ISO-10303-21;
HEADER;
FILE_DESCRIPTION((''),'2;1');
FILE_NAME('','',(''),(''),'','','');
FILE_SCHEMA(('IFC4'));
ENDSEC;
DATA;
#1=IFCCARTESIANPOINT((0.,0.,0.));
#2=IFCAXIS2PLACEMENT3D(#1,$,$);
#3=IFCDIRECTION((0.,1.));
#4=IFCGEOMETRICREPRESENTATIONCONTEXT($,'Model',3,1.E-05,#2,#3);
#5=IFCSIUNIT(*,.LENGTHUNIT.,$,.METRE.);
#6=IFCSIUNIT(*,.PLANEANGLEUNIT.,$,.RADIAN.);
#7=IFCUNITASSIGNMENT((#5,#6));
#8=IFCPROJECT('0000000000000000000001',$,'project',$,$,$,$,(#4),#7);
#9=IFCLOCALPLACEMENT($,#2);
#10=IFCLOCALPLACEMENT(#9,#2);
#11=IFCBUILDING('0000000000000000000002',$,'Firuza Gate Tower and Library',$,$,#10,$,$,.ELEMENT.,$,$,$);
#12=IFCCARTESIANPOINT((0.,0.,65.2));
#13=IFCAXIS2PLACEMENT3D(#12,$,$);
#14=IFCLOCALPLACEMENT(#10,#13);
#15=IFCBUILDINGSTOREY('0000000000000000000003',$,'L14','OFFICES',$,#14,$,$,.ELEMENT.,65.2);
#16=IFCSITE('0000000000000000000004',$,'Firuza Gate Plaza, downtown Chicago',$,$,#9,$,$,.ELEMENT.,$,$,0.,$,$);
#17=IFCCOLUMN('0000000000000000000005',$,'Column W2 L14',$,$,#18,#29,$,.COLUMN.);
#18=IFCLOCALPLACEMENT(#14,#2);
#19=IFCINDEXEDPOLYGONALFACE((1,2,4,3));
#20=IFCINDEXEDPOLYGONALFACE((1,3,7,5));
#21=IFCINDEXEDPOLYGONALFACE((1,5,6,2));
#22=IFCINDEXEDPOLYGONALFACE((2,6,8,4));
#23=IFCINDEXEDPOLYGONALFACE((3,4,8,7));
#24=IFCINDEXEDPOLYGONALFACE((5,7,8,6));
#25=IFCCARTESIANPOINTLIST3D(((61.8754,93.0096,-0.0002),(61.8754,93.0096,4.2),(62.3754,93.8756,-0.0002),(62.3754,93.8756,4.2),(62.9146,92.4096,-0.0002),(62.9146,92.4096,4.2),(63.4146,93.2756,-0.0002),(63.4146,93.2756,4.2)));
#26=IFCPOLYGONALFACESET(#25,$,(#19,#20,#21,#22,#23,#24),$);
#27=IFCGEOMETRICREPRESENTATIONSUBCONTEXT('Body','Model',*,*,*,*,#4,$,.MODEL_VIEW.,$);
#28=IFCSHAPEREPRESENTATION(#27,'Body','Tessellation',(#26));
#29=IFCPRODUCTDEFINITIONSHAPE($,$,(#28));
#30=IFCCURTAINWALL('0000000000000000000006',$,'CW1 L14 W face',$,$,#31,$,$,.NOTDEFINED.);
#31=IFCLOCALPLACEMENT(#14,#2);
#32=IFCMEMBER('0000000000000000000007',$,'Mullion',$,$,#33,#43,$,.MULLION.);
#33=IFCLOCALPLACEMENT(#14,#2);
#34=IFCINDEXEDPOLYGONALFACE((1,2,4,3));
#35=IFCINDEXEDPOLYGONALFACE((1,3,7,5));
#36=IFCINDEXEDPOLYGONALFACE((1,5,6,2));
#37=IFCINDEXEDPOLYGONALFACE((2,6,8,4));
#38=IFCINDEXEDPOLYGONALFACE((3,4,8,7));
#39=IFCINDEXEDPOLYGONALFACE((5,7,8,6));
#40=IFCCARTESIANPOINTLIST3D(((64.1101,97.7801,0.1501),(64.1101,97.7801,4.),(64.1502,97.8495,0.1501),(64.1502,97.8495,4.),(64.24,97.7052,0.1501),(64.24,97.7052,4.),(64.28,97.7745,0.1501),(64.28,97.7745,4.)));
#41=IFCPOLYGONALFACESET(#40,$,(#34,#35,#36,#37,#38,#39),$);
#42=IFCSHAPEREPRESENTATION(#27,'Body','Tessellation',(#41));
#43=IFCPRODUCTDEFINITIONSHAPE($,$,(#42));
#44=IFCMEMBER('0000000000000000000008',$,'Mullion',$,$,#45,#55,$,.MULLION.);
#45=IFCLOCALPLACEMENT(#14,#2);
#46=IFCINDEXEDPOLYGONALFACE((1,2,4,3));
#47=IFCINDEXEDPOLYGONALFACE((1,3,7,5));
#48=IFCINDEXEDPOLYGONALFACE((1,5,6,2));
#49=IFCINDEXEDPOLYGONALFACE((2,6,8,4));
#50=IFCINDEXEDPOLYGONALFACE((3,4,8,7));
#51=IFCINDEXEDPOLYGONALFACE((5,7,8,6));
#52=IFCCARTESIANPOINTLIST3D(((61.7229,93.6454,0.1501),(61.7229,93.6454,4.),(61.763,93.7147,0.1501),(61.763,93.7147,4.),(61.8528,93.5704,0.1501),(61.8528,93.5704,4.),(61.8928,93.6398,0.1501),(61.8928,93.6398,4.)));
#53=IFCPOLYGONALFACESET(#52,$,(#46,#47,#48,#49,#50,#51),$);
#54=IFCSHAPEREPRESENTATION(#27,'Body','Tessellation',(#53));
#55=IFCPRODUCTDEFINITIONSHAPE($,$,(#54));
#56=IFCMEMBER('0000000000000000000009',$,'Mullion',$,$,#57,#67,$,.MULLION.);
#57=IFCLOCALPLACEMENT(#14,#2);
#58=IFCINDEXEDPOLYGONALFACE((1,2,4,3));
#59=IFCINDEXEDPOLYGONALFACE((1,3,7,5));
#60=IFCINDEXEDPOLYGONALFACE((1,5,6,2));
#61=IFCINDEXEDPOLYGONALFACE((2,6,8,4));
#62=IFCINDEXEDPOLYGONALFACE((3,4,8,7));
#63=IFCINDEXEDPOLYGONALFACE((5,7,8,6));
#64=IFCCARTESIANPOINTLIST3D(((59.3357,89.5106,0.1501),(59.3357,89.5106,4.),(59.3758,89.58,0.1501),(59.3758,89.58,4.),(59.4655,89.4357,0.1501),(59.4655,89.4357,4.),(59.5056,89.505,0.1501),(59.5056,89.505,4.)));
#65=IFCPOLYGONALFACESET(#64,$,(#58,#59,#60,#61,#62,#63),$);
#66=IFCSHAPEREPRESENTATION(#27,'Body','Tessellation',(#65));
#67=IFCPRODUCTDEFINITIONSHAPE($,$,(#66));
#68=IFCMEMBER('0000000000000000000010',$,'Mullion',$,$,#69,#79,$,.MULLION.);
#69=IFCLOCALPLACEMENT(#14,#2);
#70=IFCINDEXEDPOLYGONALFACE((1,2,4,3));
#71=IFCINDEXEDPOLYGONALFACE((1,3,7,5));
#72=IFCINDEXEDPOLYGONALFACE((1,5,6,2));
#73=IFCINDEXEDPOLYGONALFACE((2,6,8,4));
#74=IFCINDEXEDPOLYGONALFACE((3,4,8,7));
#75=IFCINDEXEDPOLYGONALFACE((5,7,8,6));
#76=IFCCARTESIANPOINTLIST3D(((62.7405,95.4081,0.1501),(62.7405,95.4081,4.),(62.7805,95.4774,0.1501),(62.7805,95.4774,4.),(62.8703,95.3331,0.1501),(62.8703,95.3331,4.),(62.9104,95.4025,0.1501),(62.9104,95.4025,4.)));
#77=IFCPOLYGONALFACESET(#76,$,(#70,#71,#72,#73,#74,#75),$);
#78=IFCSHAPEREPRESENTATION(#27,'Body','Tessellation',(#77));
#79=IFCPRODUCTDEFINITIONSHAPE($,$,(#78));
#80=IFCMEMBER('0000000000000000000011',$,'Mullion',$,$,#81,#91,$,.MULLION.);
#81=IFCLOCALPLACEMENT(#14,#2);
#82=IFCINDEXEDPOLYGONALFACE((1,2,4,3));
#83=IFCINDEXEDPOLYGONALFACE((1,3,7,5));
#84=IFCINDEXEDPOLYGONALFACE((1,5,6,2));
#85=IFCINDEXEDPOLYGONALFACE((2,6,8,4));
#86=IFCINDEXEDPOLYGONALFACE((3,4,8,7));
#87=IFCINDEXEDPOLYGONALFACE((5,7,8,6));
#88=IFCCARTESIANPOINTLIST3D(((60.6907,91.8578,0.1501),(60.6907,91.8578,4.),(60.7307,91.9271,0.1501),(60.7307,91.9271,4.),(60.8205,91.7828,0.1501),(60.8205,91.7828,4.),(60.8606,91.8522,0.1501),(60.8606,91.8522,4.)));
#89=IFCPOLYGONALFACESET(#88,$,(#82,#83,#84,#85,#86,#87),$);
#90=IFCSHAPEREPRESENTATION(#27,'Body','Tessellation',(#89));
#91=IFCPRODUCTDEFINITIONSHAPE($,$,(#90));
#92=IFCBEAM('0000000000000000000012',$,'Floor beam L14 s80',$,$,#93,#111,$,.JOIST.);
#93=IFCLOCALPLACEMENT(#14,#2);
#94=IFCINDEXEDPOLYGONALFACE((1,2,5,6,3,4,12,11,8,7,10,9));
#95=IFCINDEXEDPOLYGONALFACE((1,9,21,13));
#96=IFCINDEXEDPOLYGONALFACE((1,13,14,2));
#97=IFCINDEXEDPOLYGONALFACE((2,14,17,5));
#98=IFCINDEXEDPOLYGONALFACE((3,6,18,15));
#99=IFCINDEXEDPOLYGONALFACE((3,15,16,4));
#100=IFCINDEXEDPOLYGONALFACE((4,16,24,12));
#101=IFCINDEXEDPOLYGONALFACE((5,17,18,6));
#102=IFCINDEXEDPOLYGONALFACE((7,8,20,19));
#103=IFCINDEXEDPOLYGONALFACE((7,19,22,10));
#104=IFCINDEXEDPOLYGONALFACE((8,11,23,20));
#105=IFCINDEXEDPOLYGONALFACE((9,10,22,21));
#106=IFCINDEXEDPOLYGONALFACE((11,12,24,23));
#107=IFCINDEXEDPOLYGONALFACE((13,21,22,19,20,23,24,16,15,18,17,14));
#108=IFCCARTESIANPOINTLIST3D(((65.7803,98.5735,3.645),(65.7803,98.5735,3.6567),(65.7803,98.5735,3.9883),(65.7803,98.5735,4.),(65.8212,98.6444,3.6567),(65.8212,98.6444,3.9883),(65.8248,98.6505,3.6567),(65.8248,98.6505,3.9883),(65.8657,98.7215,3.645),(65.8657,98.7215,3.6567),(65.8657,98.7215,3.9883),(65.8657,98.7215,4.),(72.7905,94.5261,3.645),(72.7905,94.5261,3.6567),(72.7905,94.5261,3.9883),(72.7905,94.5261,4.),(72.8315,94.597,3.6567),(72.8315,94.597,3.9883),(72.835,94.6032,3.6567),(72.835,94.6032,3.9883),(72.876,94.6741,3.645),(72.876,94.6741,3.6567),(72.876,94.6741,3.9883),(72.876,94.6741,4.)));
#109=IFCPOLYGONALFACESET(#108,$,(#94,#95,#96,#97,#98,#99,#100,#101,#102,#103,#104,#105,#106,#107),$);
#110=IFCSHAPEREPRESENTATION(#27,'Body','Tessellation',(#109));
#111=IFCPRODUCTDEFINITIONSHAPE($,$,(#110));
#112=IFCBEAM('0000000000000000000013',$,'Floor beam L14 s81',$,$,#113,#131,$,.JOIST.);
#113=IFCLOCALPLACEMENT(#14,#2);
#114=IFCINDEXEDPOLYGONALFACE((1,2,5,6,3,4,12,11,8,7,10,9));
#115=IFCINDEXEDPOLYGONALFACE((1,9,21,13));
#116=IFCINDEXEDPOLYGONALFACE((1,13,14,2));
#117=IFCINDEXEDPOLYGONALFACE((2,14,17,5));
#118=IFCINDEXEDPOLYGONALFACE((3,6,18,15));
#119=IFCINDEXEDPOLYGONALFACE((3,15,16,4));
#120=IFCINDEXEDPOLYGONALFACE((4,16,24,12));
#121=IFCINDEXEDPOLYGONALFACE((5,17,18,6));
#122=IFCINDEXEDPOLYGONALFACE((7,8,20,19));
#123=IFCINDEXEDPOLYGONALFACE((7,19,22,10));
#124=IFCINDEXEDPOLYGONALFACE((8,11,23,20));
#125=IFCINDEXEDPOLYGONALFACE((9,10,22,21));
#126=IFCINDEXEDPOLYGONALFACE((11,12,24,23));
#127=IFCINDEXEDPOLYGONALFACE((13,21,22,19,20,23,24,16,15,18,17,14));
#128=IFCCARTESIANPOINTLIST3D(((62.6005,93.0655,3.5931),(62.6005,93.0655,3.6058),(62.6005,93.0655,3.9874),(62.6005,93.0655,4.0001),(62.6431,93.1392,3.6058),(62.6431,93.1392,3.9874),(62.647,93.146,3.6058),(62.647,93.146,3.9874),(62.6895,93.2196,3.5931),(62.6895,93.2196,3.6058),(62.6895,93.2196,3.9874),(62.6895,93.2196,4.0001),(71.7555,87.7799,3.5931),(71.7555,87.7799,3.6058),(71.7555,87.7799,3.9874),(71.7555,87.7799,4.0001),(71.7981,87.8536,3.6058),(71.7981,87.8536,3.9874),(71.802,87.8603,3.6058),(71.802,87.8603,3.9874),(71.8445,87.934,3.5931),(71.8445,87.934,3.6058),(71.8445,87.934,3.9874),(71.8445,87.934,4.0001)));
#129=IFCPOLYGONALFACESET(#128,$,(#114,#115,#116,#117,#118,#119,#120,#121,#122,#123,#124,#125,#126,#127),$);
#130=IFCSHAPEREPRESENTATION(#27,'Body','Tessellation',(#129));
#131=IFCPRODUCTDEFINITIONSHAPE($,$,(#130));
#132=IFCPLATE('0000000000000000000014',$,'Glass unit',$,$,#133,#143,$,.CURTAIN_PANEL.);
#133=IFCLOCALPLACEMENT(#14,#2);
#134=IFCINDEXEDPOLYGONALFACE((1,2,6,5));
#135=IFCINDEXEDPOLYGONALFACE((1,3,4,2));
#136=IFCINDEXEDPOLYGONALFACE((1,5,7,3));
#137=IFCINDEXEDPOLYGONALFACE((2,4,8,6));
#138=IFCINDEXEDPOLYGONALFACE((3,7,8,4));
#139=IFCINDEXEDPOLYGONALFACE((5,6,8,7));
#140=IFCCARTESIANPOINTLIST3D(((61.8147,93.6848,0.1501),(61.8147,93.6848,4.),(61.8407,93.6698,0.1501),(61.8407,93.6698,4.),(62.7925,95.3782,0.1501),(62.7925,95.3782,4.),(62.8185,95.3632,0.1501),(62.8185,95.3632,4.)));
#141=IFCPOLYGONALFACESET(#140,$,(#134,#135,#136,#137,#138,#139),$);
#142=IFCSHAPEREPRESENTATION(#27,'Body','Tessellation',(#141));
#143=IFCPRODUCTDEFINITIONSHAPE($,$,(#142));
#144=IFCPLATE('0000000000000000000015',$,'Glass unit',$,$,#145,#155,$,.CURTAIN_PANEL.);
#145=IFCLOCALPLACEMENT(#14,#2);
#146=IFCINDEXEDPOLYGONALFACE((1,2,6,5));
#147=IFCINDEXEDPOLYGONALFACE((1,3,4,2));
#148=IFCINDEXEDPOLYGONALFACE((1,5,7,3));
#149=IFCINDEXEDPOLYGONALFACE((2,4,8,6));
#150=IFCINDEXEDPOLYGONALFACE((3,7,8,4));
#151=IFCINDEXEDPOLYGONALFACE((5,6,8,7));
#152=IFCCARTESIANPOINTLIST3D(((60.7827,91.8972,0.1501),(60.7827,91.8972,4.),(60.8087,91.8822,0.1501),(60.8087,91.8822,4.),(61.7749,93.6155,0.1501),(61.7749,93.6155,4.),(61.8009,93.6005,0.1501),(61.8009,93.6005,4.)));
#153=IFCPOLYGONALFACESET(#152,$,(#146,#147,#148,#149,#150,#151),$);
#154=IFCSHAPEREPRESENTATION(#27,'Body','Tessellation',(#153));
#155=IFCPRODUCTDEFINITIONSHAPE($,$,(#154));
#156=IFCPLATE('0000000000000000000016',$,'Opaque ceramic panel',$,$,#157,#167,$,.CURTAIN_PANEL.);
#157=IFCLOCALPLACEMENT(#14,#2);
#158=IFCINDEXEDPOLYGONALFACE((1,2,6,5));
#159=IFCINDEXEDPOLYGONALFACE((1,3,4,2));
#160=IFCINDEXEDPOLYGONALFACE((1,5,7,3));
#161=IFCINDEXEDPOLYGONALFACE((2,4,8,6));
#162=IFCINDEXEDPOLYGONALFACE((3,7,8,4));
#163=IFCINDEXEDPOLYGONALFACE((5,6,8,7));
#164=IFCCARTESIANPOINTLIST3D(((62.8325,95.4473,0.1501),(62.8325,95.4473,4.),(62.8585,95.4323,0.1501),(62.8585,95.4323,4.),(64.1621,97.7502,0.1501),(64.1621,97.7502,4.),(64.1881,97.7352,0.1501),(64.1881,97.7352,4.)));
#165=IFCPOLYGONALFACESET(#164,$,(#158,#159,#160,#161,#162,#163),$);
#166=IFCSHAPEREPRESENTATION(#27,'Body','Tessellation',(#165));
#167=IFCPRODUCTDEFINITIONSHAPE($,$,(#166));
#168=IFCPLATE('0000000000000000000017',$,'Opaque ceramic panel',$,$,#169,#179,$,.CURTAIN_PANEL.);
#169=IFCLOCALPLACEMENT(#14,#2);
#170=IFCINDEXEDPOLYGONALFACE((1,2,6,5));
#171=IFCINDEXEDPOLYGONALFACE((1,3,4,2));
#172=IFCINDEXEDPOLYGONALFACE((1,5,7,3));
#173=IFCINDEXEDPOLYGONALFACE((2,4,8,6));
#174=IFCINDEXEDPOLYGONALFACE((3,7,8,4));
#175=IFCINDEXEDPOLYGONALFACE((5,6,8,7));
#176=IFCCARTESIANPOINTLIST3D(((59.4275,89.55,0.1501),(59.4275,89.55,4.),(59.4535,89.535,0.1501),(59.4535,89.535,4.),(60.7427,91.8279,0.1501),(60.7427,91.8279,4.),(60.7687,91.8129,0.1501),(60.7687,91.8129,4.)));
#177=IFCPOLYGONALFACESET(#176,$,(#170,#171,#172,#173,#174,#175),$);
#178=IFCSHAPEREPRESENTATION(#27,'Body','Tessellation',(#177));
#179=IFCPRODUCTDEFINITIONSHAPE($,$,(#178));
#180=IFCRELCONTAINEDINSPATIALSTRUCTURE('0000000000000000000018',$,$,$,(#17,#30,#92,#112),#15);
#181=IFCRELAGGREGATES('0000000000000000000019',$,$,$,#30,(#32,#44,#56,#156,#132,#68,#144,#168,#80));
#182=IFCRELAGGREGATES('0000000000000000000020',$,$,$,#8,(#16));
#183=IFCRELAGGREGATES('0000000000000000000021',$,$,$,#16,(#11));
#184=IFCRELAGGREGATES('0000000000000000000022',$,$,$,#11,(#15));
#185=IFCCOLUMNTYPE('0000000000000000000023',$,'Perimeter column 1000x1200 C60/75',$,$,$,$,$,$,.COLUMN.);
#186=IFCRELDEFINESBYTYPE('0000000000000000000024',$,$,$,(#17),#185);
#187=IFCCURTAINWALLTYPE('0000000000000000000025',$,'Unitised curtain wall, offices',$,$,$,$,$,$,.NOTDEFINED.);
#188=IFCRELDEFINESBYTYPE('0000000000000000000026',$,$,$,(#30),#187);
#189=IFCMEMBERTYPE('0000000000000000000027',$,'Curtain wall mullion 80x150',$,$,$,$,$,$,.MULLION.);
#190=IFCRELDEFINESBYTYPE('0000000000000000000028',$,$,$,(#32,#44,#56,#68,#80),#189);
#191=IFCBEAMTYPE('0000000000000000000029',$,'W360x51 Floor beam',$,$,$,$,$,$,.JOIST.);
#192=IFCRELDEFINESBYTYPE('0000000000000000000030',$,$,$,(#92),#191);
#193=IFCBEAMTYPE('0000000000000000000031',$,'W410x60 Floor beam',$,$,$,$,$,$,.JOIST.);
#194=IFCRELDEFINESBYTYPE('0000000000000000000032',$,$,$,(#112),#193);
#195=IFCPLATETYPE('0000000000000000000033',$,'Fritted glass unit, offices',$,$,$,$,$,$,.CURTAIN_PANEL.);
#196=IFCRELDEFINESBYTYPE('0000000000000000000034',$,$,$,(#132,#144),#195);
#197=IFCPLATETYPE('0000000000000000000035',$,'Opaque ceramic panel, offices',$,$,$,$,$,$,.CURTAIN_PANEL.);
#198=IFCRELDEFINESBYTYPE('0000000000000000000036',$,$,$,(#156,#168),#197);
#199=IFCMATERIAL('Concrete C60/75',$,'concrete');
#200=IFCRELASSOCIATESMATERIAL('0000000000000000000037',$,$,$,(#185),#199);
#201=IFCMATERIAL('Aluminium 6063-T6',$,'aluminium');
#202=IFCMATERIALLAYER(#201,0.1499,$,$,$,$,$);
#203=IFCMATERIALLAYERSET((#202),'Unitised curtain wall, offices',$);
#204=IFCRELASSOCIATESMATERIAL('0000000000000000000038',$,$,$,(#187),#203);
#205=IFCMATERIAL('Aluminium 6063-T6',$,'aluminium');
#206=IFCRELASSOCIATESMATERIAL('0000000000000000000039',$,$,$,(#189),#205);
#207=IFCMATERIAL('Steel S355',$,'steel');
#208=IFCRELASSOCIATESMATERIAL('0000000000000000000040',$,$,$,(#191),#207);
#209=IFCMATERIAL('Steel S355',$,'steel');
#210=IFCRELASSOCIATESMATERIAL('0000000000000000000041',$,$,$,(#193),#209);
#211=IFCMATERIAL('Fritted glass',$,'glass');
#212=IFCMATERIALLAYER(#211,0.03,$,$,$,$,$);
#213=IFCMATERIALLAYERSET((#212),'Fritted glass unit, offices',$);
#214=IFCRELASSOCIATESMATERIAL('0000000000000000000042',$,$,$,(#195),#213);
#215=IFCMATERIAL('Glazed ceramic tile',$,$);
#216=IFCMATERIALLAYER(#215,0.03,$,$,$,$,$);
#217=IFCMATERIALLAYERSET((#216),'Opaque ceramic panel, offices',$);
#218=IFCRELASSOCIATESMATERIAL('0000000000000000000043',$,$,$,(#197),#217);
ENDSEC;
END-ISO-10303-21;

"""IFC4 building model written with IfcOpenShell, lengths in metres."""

from ifc_helpers import new_model, si_unit, direction, frame, origin, origin_2d, place, context, subcontext, project, spatial, polyline, rectangle, i_section, outline, extrude, material, layer, layer_set, material_profile, profile_set, type_object, element, aggregate, save


model = new_model("IFC4")

# Units and contexts
model_context = context("Model", 3, precision=1e-05, world=origin(), true_north=direction((0.0, 1.0)))
body_context = subcontext(model_context, "Body", "Model", "MODEL_VIEW")
ifc_project = project(units=[si_unit("LENGTHUNIT", "METRE"), si_unit("PLANEANGLEUNIT", "RADIAN")], contexts=[model_context])

# Site, building, storey
site_placement = place(None, origin())
site = spatial("IfcSite", under=ifc_project, at=site_placement, Name="Firuza Gate Plaza, downtown Chicago", CompositionType="ELEMENT", RefElevation=0.0)
building_placement = place(site_placement, origin())
building = spatial("IfcBuilding", under=site, at=building_placement, Name="Firuza Gate Tower and Library", CompositionType="ELEMENT")
storey_placement = place(building_placement, frame((0.0, 0.0, 65.2)))
storey = spatial("IfcBuildingStorey", under=building, at=storey_placement, Name="L14", Description="OFFICES", CompositionType="ELEMENT", Elevation=65.2)

# Column
ifc_material_1 = material(Name="Concrete C60/75", Category="concrete")
ifc_material_profile_1 = material_profile(ifc_material_1, rectangle(XDim=1.0, YDim=1.2, at=origin_2d()))
ifc_profile_set_1 = profile_set([ifc_material_profile_1], Name="Concrete C60/75")
column_type = type_object("IfcColumnType", Name="Perimeter column 1000x1200 C60/75", PredefinedType="COLUMN", material=ifc_profile_set_1)
column_placement = place(storey_placement, frame((62.645, 93.1426, -0.0002), z_axis=(0.0, 0.0, 1.0), x_axis=(-0.5, -0.866025, 0.0)))
element("IfcColumn", 1, at=column_placement, inside=storey, type_object=column_type, Name="Column W2 L14", PredefinedType="COLUMN", context=body_context, shape_type="SweptSolid", body=[
    extrude(rectangle(XDim=1.0, YDim=1.2, at=origin_2d()), origin(), (0.0, 0.0, 1.0), 4.2002),
])

# Curtain wall, members
ifc_material_2 = material(Name="Aluminium 6063-T6", Category="aluminium")
ifc_layer_1 = layer(ifc_material_2, 0.1499)
ifc_layer_set_1 = layer_set([ifc_layer_1], Name="Unitised curtain wall, offices")
curtain_wall_type = type_object("IfcCurtainWallType", Name="Unitised curtain wall, offices", PredefinedType="NOTDEFINED", material=ifc_layer_set_1)
placement = place(storey_placement, origin())
curtain_wall = element("IfcCurtainWall", 2, at=placement, inside=storey, type_object=curtain_wall_type, Name="CW1 L14 W face", PredefinedType="NOTDEFINED")
ifc_material_3 = material(Name="Aluminium 6063-T6", Category="aluminium")
ifc_material_profile_2 = material_profile(ifc_material_3, rectangle(XDim=0.1499, YDim=0.0801, at=origin_2d()))
ifc_profile_set_2 = profile_set([ifc_material_profile_2], Name="Aluminium 6063-T6")
member_type = type_object("IfcMemberType", Name="Curtain wall mullion 80x150", PredefinedType="MULLION", material=ifc_profile_set_2)
member_1_placement = place(storey_placement, frame((64.1951, 97.7773, 0.1501), z_axis=(0.0, 0.0, 1.0), x_axis=(0.866025, -0.5, 0.0)))
member_1 = element("IfcMember", 3, at=member_1_placement, type_object=member_type, Name="Mullion", PredefinedType="MULLION", context=body_context, shape_type="SweptSolid", body=[
    extrude(rectangle(XDim=0.1499, YDim=0.0801, at=origin_2d()), origin(), (0.0, 0.0, 1.0), 3.8499),
])
member_2_placement = place(storey_placement, frame((61.8079, 93.6426, 0.1501), z_axis=(0.0, 0.0, 1.0), x_axis=(0.866025, -0.5, 0.0)))
member_2 = element("IfcMember", 4, at=member_2_placement, type_object=member_type, Name="Mullion", PredefinedType="MULLION", context=body_context, shape_type="SweptSolid", body=[
    extrude(rectangle(XDim=0.1499, YDim=0.0801, at=origin_2d()), origin(), (0.0, 0.0, 1.0), 3.8499),
])
member_3_placement = place(storey_placement, frame((59.4207, 89.5078, 0.1501), z_axis=(0.0, 0.0, 1.0), x_axis=(0.866025, -0.5, 0.0)))
member_3 = element("IfcMember", 5, at=member_3_placement, type_object=member_type, Name="Mullion", PredefinedType="MULLION", context=body_context, shape_type="SweptSolid", body=[
    extrude(rectangle(XDim=0.1499, YDim=0.0801, at=origin_2d()), origin(), (0.0, 0.0, 1.0), 3.8499),
])
member_4_placement = place(storey_placement, frame((62.8254, 95.4053, 0.1501), z_axis=(0.0, 0.0, 1.0), x_axis=(0.866025, -0.5, 0.0)))
member_4 = element("IfcMember", 6, at=member_4_placement, type_object=member_type, Name="Mullion", PredefinedType="MULLION", context=body_context, shape_type="SweptSolid", body=[
    extrude(rectangle(XDim=0.1499, YDim=0.0801, at=origin_2d()), origin(), (0.0, 0.0, 1.0), 3.8499),
])
member_5_placement = place(storey_placement, frame((60.7756, 91.855, 0.1501), z_axis=(0.0, 0.0, 1.0), x_axis=(0.866025, -0.5, 0.0)))
member_5 = element("IfcMember", 7, at=member_5_placement, type_object=member_type, Name="Mullion", PredefinedType="MULLION", context=body_context, shape_type="SweptSolid", body=[
    extrude(rectangle(XDim=0.1499, YDim=0.0801, at=origin_2d()), origin(), (0.0, 0.0, 1.0), 3.8499),
])

# Beams
ifc_material_4 = material(Name="Steel S355", Category="steel")
ifc_material_profile_3 = material_profile(ifc_material_4, i_section(OverallWidth=0.1709, OverallDepth=0.355, WebThickness=0.0071, FlangeThickness=0.0117, at=origin_2d()))
ifc_profile_set_3 = profile_set([ifc_material_profile_3], Name="Steel S355")
beam_type_1 = type_object("IfcBeamType", Name="W360x51 Floor beam", PredefinedType="JOIST", material=ifc_profile_set_3)
beam_1_placement = place(storey_placement, frame((65.823, 98.6475, 3.8225), z_axis=(0.866026, -0.499999, 0.0), x_axis=(0.499999, 0.866026, 0.0)))
element("IfcBeam", 8, at=beam_1_placement, inside=storey, type_object=beam_type_1, Name="Floor beam L14 s80", PredefinedType="JOIST", context=body_context, shape_type="SweptSolid", body=[
    extrude(i_section(OverallWidth=0.1709, OverallDepth=0.355, WebThickness=0.0071, FlangeThickness=0.0117, at=origin_2d()), origin(), (0.0, 0.0, 1.0), 8.0947),
])
ifc_material_5 = material(Name="Steel S355", Category="steel")
ifc_material_profile_4 = material_profile(ifc_material_5, i_section(OverallWidth=0.178, OverallDepth=0.407, WebThickness=0.0078, FlangeThickness=0.0127, at=origin_2d()))
ifc_profile_set_4 = profile_set([ifc_material_profile_4], Name="Steel S355")
beam_type_2 = type_object("IfcBeamType", Name="W410x60 Floor beam", PredefinedType="JOIST", material=ifc_profile_set_4)
beam_2_placement = place(storey_placement, frame((62.645, 93.1426, 3.7966), z_axis=(0.866026, -0.499999, 0.0), x_axis=(0.499999, 0.866026, 0.0)))
element("IfcBeam", 9, at=beam_2_placement, inside=storey, type_object=beam_type_2, Name="Floor beam L14 s81", PredefinedType="JOIST", context=body_context, shape_type="SweptSolid", body=[
    extrude(i_section(OverallWidth=0.178, OverallDepth=0.407, WebThickness=0.0078, FlangeThickness=0.0127, at=origin_2d()), origin(), (0.0, 0.0, 1.0), 10.5713),
])

# Plates
ifc_material_6 = material(Name="Fritted glass", Category="glass")
ifc_layer_2 = layer(ifc_material_6, 0.03)
ifc_layer_set_2 = layer_set([ifc_layer_2], Name="Fritted glass unit, offices")
plate_type_1 = type_object("IfcPlateType", Name="Fritted glass unit, offices", PredefinedType="CURTAIN_PANEL", material=ifc_layer_set_2)
plate_1_placement = place(storey_placement, frame((62.7925, 95.3782, 0.1501), z_axis=(-0.865998, 0.500047, 0.0), x_axis=(-0.500047, -0.865998, 0.0)))
plate_1 = element("IfcPlate", 10, at=plate_1_placement, type_object=plate_type_1, Name="Glass unit", PredefinedType="CURTAIN_PANEL", context=body_context, shape_type="SweptSolid", body=[
    extrude(outline(polyline([(0.0, 0.0), (1.9554, 0.0), (1.9554, 3.8499), (0.0, 3.8499), (0.0, 0.0)])), origin(), (0.0, 0.0, -1.0), 0.03),
])
plate_2_placement = place(storey_placement, frame((61.7749, 93.6155, 0.1501), z_axis=(-0.865993, 0.500056, 0.0), x_axis=(-0.500056, -0.865993, 0.0)))
plate_2 = element("IfcPlate", 11, at=plate_2_placement, type_object=plate_type_1, Name="Glass unit", PredefinedType="CURTAIN_PANEL", context=body_context, shape_type="SweptSolid", body=[
    extrude(outline(polyline([(0.0, 0.0), (1.9842, 0.0), (1.9842, 3.8499), (0.0, 3.8499), (0.0, 0.0)])), origin(), (0.0, 0.0, -1.0), 0.03),
])
ifc_material_7 = material(Name="Glazed ceramic tile")
ifc_layer_3 = layer(ifc_material_7, 0.03)
ifc_layer_set_3 = layer_set([ifc_layer_3], Name="Opaque ceramic panel, offices")
plate_type_2 = type_object("IfcPlateType", Name="Opaque ceramic panel, offices", PredefinedType="CURTAIN_PANEL", material=ifc_layer_set_3)
plate_3_placement = place(storey_placement, frame((64.1621, 97.7502, 0.1501), z_axis=(-0.866031, 0.49999, 0.0), x_axis=(-0.49999, -0.866031, 0.0)))
plate_3 = element("IfcPlate", 12, at=plate_3_placement, type_object=plate_type_2, Name="Opaque ceramic panel", PredefinedType="CURTAIN_PANEL", context=body_context, shape_type="SweptSolid", body=[
    extrude(outline(polyline([(0.0, 0.0), (2.6592, 0.0), (2.6592, 3.8499), (0.0, 3.8499), (0.0, 0.0)])), origin(), (0.0, 0.0, -1.0), 0.03),
])
plate_4_placement = place(storey_placement, frame((60.7427, 91.8279, 0.1501), z_axis=(-0.866012, 0.500022, 0.0), x_axis=(-0.500022, -0.866012, 0.0)))
plate_4 = element("IfcPlate", 13, at=plate_4_placement, type_object=plate_type_2, Name="Opaque ceramic panel", PredefinedType="CURTAIN_PANEL", context=body_context, shape_type="SweptSolid", body=[
    extrude(outline(polyline([(0.0, 0.0), (2.6303, 0.0), (2.6303, 3.8499), (0.0, 3.8499), (0.0, 0.0)])), origin(), (0.0, 0.0, -1.0), 0.03),
])
aggregate(curtain_wall, [member_1, member_2, member_3, plate_3, plate_1, member_4, plate_2, plate_4, member_5])

save(model, "model.ifc")
